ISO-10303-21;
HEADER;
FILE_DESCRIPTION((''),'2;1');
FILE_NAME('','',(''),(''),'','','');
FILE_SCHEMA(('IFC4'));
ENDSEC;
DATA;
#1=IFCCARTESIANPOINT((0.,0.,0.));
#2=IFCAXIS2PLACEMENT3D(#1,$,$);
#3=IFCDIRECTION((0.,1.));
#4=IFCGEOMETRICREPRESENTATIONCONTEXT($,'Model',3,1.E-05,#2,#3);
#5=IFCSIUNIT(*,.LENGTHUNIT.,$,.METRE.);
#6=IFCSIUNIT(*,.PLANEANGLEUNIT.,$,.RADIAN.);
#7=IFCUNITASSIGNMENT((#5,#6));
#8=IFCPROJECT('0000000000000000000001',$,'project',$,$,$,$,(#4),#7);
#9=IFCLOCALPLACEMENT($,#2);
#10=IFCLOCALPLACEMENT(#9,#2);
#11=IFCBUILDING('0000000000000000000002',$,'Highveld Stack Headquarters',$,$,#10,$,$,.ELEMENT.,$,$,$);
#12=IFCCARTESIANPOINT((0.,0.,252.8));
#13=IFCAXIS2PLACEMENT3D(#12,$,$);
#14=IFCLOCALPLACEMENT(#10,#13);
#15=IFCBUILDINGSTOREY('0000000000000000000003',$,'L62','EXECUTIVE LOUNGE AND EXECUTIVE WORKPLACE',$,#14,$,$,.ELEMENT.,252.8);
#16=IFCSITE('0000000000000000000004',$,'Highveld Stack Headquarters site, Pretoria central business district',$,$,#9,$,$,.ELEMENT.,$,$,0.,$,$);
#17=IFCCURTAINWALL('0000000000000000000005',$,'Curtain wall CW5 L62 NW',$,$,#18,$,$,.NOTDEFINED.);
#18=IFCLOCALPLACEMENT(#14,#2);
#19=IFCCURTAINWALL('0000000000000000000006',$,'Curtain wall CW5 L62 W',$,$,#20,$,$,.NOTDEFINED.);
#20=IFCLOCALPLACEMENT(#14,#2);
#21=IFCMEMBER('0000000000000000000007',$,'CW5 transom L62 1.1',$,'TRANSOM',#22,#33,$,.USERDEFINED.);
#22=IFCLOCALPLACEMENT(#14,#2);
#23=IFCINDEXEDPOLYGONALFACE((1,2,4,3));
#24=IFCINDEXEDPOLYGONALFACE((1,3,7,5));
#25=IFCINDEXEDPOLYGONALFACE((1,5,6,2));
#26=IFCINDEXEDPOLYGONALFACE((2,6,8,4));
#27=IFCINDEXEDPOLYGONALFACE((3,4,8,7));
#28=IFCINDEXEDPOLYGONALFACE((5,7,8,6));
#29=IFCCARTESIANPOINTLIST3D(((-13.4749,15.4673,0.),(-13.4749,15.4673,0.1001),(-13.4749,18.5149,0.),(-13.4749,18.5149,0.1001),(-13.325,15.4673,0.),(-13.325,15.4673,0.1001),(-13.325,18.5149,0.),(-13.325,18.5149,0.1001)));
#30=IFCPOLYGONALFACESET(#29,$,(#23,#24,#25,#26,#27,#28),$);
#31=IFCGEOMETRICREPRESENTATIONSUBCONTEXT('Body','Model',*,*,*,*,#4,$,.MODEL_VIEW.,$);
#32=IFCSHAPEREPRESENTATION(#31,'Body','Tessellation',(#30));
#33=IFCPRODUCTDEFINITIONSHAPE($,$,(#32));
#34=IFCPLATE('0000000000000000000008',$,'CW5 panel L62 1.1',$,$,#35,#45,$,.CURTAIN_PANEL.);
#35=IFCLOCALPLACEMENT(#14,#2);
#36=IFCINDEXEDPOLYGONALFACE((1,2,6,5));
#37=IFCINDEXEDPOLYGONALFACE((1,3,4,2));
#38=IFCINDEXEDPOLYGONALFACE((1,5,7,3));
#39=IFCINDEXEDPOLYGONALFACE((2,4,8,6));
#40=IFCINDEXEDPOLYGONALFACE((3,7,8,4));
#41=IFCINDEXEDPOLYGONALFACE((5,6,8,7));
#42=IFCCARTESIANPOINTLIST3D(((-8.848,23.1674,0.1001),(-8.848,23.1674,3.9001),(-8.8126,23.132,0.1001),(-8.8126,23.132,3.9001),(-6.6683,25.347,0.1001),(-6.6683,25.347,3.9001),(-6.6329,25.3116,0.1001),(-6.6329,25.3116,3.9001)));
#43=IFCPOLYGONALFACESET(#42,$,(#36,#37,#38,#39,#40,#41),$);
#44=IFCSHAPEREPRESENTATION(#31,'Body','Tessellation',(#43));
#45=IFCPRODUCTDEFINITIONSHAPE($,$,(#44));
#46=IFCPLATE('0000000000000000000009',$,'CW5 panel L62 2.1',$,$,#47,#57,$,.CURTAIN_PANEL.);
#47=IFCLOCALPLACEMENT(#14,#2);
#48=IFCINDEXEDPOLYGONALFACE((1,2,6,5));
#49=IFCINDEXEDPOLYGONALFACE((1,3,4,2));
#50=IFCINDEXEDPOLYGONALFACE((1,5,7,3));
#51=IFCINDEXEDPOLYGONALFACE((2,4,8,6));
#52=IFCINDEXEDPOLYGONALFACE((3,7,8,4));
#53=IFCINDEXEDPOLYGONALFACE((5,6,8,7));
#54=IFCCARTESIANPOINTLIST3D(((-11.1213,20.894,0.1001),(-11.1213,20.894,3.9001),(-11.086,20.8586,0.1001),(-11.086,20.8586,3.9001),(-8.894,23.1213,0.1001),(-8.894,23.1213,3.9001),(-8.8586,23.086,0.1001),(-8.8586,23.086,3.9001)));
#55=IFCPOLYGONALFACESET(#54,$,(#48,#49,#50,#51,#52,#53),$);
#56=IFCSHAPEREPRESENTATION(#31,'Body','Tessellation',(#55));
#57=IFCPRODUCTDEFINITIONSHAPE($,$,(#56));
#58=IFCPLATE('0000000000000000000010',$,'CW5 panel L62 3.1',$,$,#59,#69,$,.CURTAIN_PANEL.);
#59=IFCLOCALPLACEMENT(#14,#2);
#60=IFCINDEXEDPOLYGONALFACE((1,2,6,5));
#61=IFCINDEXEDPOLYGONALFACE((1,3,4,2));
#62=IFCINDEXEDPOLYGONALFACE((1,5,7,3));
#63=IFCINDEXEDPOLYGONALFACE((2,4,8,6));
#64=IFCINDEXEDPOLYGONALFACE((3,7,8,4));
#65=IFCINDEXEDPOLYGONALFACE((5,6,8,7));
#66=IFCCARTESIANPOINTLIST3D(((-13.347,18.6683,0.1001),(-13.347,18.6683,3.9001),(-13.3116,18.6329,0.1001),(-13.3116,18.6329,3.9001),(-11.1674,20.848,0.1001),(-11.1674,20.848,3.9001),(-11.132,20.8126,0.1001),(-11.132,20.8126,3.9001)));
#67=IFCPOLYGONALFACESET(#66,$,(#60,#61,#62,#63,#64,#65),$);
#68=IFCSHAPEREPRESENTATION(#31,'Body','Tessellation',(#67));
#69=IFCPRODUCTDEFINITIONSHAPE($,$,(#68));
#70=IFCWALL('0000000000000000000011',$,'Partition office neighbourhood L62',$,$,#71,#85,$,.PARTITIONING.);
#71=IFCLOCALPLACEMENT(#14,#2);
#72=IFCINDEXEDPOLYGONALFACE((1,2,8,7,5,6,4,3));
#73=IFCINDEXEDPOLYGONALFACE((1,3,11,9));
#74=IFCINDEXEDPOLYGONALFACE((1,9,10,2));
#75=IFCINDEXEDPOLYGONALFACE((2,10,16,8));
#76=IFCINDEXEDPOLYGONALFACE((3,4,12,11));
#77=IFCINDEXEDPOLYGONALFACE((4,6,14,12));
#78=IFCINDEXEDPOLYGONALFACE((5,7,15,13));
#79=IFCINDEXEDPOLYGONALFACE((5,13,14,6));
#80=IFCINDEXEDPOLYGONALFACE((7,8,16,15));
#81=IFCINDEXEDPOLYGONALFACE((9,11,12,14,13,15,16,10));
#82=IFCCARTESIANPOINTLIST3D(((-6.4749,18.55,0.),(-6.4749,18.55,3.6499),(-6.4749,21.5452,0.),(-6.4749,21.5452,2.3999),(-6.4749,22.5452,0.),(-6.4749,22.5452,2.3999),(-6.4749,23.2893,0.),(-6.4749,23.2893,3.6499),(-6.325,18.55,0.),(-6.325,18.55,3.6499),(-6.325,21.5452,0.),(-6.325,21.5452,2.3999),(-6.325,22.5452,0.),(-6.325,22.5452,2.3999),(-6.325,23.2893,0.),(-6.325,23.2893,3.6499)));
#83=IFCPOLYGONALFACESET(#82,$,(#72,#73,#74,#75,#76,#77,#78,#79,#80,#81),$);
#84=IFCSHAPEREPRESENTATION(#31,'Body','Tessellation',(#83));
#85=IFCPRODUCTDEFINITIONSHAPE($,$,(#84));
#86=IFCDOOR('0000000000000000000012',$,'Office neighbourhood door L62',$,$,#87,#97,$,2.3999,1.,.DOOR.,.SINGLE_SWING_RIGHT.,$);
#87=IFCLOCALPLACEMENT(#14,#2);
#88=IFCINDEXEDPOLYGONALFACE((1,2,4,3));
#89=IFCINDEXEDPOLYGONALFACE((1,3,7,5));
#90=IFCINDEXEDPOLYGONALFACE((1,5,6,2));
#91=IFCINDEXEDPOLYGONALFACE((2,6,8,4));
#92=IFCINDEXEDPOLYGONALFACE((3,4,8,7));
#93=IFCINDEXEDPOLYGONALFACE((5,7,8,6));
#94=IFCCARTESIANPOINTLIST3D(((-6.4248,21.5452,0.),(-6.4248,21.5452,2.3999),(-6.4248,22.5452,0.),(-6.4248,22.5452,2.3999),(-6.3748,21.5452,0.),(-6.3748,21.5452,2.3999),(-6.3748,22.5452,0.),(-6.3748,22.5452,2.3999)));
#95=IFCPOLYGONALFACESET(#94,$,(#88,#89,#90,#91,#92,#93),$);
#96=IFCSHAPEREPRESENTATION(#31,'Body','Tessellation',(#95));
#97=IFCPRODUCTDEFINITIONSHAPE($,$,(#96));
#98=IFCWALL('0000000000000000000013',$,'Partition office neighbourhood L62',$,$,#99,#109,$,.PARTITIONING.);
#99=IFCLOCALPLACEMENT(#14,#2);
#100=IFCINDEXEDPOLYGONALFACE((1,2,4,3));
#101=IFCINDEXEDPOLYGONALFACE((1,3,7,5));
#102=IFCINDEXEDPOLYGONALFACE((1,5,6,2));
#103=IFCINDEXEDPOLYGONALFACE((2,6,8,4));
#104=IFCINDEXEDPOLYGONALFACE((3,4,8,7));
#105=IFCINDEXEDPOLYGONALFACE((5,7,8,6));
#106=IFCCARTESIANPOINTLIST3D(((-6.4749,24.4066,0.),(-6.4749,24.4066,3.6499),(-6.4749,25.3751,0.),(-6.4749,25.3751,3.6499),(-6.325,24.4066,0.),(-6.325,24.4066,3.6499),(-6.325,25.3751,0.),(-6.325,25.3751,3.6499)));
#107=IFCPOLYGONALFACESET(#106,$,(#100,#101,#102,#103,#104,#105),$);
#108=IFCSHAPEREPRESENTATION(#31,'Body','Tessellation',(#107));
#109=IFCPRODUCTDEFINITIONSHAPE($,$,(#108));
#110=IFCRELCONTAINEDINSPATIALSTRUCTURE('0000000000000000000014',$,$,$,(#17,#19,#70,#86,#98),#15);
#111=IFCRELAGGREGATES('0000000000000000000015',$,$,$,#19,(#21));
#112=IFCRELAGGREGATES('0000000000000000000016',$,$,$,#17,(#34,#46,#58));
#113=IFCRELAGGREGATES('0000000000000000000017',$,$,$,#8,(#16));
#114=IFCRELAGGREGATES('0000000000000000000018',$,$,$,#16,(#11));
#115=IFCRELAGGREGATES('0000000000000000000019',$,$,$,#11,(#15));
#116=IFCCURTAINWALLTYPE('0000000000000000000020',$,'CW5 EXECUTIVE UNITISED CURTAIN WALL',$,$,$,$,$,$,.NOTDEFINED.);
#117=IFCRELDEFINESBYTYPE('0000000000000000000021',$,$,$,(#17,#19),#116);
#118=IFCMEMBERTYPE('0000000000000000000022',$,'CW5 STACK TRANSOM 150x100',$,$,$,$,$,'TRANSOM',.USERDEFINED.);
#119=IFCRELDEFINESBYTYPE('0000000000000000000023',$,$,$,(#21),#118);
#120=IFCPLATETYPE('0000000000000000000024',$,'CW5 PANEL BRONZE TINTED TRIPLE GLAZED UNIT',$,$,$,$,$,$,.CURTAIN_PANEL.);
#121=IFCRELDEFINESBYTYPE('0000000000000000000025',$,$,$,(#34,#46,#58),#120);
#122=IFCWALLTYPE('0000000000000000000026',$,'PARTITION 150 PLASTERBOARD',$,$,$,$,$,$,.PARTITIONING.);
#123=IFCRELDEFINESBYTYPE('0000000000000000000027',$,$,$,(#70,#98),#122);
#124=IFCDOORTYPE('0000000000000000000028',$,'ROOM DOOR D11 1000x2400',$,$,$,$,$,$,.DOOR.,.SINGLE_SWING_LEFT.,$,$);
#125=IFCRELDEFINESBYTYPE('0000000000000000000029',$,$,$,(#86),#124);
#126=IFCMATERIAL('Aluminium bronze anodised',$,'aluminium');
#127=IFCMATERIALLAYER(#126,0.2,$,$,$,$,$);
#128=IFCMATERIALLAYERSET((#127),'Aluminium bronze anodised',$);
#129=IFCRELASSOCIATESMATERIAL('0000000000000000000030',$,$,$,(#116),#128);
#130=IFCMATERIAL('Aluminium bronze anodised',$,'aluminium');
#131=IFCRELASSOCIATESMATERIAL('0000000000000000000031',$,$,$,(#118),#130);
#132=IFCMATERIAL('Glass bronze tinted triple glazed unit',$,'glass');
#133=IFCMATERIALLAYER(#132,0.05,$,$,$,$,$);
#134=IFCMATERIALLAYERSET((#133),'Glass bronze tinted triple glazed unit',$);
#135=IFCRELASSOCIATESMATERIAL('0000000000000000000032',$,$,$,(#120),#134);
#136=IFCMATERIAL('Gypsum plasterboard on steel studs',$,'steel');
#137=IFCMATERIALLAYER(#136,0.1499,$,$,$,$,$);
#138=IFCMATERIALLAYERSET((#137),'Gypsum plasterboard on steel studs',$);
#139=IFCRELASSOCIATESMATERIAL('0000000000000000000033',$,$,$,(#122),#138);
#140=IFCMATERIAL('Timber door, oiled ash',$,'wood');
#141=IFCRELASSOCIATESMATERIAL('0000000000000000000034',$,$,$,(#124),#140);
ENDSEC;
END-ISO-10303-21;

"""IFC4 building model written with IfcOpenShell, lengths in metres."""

from ifc_helpers import new_model, si_unit, direction, frame, frame_2d, origin, origin_2d, place, context, subcontext, project, spatial, rectangle, extrude, material, layer, layer_set, material_profile, profile_set, type_object, element, fill, aggregate, save


model = new_model("IFC4")

# Units and contexts
model_context = context("Model", 3, precision=1e-05, world=origin(), true_north=direction((0.0, 1.0)))
body_context = subcontext(model_context, "Body", "Model", "MODEL_VIEW")
ifc_project = project(units=[si_unit("LENGTHUNIT", "METRE"), si_unit("PLANEANGLEUNIT", "RADIAN")], contexts=[model_context])

# Site, building, storey
site_placement = place(None, origin())
site = spatial("IfcSite", under=ifc_project, at=site_placement, Name="Highveld Stack Headquarters site, Pretoria central business district", CompositionType="ELEMENT", RefElevation=0.0)
building_placement = place(site_placement, origin())
building = spatial("IfcBuilding", under=site, at=building_placement, Name="Highveld Stack Headquarters", CompositionType="ELEMENT")
storey_placement = place(building_placement, frame((0.0, 0.0, 252.8)))
storey = spatial("IfcBuildingStorey", under=building, at=storey_placement, Name="L62", Description="EXECUTIVE LOUNGE AND EXECUTIVE WORKPLACE", CompositionType="ELEMENT", Elevation=252.8)

# Shared definitions
ifc_material_1 = material(Name="Aluminium bronze anodised", Category="aluminium")
ifc_layer_1 = layer(ifc_material_1, 0.2)
ifc_layer_set_1 = layer_set([ifc_layer_1], Name="Aluminium bronze anodised")
curtain_wall_type = type_object("IfcCurtainWallType", Name="CW5 EXECUTIVE UNITISED CURTAIN WALL", PredefinedType="NOTDEFINED", material=ifc_layer_set_1)

# Curtain wall
curtain_wall_1_placement = place(storey_placement, origin())
curtain_wall_1 = element("IfcCurtainWall", 1, at=curtain_wall_1_placement, inside=storey, type_object=curtain_wall_type, Name="Curtain wall CW5 L62 NW", PredefinedType="NOTDEFINED")

# Curtain wall
curtain_wall_2_placement = place(storey_placement, origin())
curtain_wall_2 = element("IfcCurtainWall", 2, at=curtain_wall_2_placement, inside=storey, type_object=curtain_wall_type, Name="Curtain wall CW5 L62 W", PredefinedType="NOTDEFINED")

# Member
ifc_material_2 = material(Name="Aluminium bronze anodised", Category="aluminium")
ifc_material_profile_1 = material_profile(ifc_material_2, rectangle(XDim=0.1499, YDim=0.1001, at=origin_2d()), Name="CW5 TRANSOM 150x100")
ifc_profile_set_1 = profile_set([ifc_material_profile_1], Name="Aluminium bronze anodised")
member_type_1 = type_object("IfcMemberType", Name="CW5 STACK TRANSOM 150x100", ElementType="TRANSOM", PredefinedType="USERDEFINED", material=ifc_profile_set_1)
member_1_placement = place(storey_placement, frame((-13.3999, 18.5149, 0.05), z_axis=(0.0, -1.0, 0.0), x_axis=(1.0, 0.0, 0.0)))
member_1 = element("IfcMember", 3, at=member_1_placement, type_object=member_type_1, Name="CW5 transom L62 1.1", ObjectType="TRANSOM", PredefinedType="USERDEFINED", context=body_context, shape_type="SweptSolid", body=[
    extrude(rectangle(XDim=0.1499, YDim=0.1001, at=origin_2d()), origin(), (0.0, 0.0, 1.0), 3.0476),
])
aggregate(curtain_wall_2, [member_1])

# Plates
ifc_material_3 = material(Name="Glass bronze tinted triple glazed unit", Category="glass")
ifc_layer_2 = layer(ifc_material_3, 0.05)
ifc_layer_set_2 = layer_set([ifc_layer_2], Name="Glass bronze tinted triple glazed unit")
plate_type = type_object("IfcPlateType", Name="CW5 PANEL BRONZE TINTED TRIPLE GLAZED UNIT", PredefinedType="CURTAIN_PANEL", material=ifc_layer_set_2)
plate_1_placement = place(storey_placement, frame((-7.7405, 24.2395, 0.1001), z_axis=(0.0, 0.0, 1.0), x_axis=(-0.707107, -0.707107, 0.0)))
plate_1 = element("IfcPlate", 4, at=plate_1_placement, type_object=plate_type, Name="CW5 panel L62 1.1", PredefinedType="CURTAIN_PANEL", context=body_context, shape_type="SweptSolid", body=[
    extrude(rectangle(XDim=3.0825, YDim=0.05, at=origin_2d()), origin(), (0.0, 0.0, 1.0), 3.8),
])
plate_2_placement = place(storey_placement, frame((-9.99, 21.99, 0.1001), z_axis=(0.0, 0.0, 1.0), x_axis=(-0.707107, -0.707107, 0.0)))
plate_2 = element("IfcPlate", 5, at=plate_2_placement, type_object=plate_type, Name="CW5 panel L62 2.1", PredefinedType="CURTAIN_PANEL", context=body_context, shape_type="SweptSolid", body=[
    extrude(rectangle(XDim=3.1499, YDim=0.05, at=origin_2d()), origin(), (0.0, 0.0, 1.0), 3.8),
])
plate_3_placement = place(storey_placement, frame((-12.2395, 19.7405, 0.1001), z_axis=(0.0, 0.0, 1.0), x_axis=(-0.707107, -0.707107, 0.0)))
plate_3 = element("IfcPlate", 6, at=plate_3_placement, type_object=plate_type, Name="CW5 panel L62 3.1", PredefinedType="CURTAIN_PANEL", context=body_context, shape_type="SweptSolid", body=[
    extrude(rectangle(XDim=3.0825, YDim=0.05, at=origin_2d()), origin(), (0.0, 0.0, 1.0), 3.8),
])
aggregate(curtain_wall_1, [plate_1, plate_2, plate_3])

# Wall, opening, door
ifc_material_4 = material(Name="Gypsum plasterboard on steel studs", Category="steel")
ifc_layer_3 = layer(ifc_material_4, 0.1499)
ifc_layer_set_3 = layer_set([ifc_layer_3], Name="Gypsum plasterboard on steel studs")
wall_type = type_object("IfcWallType", Name="PARTITION 150 PLASTERBOARD", PredefinedType="PARTITIONING", material=ifc_layer_set_3)
wall_1_placement = place(storey_placement, frame((-6.3999, 18.55, 0.0), z_axis=(0.0, 0.0, 1.0), x_axis=(0.0, 1.0, 0.0)))
wall_1 = element("IfcWall", 7, at=wall_1_placement, inside=storey, type_object=wall_type, Name="Partition office neighbourhood L62", PredefinedType="PARTITIONING", context=body_context, shape_type="SweptSolid", body=[
    extrude(rectangle(XDim=4.7393, YDim=0.1499, at=frame_2d((2.3696, 0.0))), origin(), (0.0, 0.0, 1.0), 3.6499),
])
opening_placement = place(wall_1_placement, frame((2.9951, 0.0, 0.0)))
opening = element("IfcOpeningElement", 8, at=opening_placement, cuts=wall_1, PredefinedType="OPENING", context=body_context, shape_type="SweptSolid", body=[
    extrude(rectangle(XDim=1.0, YDim=2.3999, at=frame_2d((0.5, 1.2))), frame((0.0, 0.085, 0.0), z_axis=(0.0, -1.0, 0.0), x_axis=(1.0, 0.0, 0.0)), (0.0, 0.0, 1.0), 0.1699),
])
ifc_material_5 = material(Name="Timber door, oiled ash", Category="wood")
door_type = type_object("IfcDoorType", Name="ROOM DOOR D11 1000x2400", OperationType="SINGLE_SWING_LEFT", PredefinedType="DOOR", material=ifc_material_5)
door_placement = place(opening_placement, origin())
door = element("IfcDoor", 9, at=door_placement, inside=storey, type_object=door_type, Name="Office neighbourhood door L62", OperationType="SINGLE_SWING_RIGHT", OverallHeight=2.3999, OverallWidth=1.0, PredefinedType="DOOR", context=body_context, shape_type="SweptSolid", body=[
    extrude(rectangle(XDim=1.0, YDim=2.3999, at=frame_2d((0.5, 1.2))), frame((0.0, 0.0249, 0.0), z_axis=(0.0, -1.0, 0.0), x_axis=(1.0, 0.0, 0.0)), (0.0, 0.0, 1.0), 0.05),
])
fill(opening, door)

# Wall
wall_2_placement = place(storey_placement, frame((-6.3999, 24.4065, 0.0), z_axis=(0.0, 0.0, 1.0), x_axis=(0.0, 1.0, 0.0)))
element("IfcWall", 10, at=wall_2_placement, inside=storey, type_object=wall_type, Name="Partition office neighbourhood L62", PredefinedType="PARTITIONING", context=body_context, shape_type="SweptSolid", body=[
    extrude(rectangle(XDim=0.9685, YDim=0.1499, at=frame_2d((0.4844, 0.0))), origin(), (0.0, 0.0, 1.0), 3.6499),
])

save(model, "model.ifc")
